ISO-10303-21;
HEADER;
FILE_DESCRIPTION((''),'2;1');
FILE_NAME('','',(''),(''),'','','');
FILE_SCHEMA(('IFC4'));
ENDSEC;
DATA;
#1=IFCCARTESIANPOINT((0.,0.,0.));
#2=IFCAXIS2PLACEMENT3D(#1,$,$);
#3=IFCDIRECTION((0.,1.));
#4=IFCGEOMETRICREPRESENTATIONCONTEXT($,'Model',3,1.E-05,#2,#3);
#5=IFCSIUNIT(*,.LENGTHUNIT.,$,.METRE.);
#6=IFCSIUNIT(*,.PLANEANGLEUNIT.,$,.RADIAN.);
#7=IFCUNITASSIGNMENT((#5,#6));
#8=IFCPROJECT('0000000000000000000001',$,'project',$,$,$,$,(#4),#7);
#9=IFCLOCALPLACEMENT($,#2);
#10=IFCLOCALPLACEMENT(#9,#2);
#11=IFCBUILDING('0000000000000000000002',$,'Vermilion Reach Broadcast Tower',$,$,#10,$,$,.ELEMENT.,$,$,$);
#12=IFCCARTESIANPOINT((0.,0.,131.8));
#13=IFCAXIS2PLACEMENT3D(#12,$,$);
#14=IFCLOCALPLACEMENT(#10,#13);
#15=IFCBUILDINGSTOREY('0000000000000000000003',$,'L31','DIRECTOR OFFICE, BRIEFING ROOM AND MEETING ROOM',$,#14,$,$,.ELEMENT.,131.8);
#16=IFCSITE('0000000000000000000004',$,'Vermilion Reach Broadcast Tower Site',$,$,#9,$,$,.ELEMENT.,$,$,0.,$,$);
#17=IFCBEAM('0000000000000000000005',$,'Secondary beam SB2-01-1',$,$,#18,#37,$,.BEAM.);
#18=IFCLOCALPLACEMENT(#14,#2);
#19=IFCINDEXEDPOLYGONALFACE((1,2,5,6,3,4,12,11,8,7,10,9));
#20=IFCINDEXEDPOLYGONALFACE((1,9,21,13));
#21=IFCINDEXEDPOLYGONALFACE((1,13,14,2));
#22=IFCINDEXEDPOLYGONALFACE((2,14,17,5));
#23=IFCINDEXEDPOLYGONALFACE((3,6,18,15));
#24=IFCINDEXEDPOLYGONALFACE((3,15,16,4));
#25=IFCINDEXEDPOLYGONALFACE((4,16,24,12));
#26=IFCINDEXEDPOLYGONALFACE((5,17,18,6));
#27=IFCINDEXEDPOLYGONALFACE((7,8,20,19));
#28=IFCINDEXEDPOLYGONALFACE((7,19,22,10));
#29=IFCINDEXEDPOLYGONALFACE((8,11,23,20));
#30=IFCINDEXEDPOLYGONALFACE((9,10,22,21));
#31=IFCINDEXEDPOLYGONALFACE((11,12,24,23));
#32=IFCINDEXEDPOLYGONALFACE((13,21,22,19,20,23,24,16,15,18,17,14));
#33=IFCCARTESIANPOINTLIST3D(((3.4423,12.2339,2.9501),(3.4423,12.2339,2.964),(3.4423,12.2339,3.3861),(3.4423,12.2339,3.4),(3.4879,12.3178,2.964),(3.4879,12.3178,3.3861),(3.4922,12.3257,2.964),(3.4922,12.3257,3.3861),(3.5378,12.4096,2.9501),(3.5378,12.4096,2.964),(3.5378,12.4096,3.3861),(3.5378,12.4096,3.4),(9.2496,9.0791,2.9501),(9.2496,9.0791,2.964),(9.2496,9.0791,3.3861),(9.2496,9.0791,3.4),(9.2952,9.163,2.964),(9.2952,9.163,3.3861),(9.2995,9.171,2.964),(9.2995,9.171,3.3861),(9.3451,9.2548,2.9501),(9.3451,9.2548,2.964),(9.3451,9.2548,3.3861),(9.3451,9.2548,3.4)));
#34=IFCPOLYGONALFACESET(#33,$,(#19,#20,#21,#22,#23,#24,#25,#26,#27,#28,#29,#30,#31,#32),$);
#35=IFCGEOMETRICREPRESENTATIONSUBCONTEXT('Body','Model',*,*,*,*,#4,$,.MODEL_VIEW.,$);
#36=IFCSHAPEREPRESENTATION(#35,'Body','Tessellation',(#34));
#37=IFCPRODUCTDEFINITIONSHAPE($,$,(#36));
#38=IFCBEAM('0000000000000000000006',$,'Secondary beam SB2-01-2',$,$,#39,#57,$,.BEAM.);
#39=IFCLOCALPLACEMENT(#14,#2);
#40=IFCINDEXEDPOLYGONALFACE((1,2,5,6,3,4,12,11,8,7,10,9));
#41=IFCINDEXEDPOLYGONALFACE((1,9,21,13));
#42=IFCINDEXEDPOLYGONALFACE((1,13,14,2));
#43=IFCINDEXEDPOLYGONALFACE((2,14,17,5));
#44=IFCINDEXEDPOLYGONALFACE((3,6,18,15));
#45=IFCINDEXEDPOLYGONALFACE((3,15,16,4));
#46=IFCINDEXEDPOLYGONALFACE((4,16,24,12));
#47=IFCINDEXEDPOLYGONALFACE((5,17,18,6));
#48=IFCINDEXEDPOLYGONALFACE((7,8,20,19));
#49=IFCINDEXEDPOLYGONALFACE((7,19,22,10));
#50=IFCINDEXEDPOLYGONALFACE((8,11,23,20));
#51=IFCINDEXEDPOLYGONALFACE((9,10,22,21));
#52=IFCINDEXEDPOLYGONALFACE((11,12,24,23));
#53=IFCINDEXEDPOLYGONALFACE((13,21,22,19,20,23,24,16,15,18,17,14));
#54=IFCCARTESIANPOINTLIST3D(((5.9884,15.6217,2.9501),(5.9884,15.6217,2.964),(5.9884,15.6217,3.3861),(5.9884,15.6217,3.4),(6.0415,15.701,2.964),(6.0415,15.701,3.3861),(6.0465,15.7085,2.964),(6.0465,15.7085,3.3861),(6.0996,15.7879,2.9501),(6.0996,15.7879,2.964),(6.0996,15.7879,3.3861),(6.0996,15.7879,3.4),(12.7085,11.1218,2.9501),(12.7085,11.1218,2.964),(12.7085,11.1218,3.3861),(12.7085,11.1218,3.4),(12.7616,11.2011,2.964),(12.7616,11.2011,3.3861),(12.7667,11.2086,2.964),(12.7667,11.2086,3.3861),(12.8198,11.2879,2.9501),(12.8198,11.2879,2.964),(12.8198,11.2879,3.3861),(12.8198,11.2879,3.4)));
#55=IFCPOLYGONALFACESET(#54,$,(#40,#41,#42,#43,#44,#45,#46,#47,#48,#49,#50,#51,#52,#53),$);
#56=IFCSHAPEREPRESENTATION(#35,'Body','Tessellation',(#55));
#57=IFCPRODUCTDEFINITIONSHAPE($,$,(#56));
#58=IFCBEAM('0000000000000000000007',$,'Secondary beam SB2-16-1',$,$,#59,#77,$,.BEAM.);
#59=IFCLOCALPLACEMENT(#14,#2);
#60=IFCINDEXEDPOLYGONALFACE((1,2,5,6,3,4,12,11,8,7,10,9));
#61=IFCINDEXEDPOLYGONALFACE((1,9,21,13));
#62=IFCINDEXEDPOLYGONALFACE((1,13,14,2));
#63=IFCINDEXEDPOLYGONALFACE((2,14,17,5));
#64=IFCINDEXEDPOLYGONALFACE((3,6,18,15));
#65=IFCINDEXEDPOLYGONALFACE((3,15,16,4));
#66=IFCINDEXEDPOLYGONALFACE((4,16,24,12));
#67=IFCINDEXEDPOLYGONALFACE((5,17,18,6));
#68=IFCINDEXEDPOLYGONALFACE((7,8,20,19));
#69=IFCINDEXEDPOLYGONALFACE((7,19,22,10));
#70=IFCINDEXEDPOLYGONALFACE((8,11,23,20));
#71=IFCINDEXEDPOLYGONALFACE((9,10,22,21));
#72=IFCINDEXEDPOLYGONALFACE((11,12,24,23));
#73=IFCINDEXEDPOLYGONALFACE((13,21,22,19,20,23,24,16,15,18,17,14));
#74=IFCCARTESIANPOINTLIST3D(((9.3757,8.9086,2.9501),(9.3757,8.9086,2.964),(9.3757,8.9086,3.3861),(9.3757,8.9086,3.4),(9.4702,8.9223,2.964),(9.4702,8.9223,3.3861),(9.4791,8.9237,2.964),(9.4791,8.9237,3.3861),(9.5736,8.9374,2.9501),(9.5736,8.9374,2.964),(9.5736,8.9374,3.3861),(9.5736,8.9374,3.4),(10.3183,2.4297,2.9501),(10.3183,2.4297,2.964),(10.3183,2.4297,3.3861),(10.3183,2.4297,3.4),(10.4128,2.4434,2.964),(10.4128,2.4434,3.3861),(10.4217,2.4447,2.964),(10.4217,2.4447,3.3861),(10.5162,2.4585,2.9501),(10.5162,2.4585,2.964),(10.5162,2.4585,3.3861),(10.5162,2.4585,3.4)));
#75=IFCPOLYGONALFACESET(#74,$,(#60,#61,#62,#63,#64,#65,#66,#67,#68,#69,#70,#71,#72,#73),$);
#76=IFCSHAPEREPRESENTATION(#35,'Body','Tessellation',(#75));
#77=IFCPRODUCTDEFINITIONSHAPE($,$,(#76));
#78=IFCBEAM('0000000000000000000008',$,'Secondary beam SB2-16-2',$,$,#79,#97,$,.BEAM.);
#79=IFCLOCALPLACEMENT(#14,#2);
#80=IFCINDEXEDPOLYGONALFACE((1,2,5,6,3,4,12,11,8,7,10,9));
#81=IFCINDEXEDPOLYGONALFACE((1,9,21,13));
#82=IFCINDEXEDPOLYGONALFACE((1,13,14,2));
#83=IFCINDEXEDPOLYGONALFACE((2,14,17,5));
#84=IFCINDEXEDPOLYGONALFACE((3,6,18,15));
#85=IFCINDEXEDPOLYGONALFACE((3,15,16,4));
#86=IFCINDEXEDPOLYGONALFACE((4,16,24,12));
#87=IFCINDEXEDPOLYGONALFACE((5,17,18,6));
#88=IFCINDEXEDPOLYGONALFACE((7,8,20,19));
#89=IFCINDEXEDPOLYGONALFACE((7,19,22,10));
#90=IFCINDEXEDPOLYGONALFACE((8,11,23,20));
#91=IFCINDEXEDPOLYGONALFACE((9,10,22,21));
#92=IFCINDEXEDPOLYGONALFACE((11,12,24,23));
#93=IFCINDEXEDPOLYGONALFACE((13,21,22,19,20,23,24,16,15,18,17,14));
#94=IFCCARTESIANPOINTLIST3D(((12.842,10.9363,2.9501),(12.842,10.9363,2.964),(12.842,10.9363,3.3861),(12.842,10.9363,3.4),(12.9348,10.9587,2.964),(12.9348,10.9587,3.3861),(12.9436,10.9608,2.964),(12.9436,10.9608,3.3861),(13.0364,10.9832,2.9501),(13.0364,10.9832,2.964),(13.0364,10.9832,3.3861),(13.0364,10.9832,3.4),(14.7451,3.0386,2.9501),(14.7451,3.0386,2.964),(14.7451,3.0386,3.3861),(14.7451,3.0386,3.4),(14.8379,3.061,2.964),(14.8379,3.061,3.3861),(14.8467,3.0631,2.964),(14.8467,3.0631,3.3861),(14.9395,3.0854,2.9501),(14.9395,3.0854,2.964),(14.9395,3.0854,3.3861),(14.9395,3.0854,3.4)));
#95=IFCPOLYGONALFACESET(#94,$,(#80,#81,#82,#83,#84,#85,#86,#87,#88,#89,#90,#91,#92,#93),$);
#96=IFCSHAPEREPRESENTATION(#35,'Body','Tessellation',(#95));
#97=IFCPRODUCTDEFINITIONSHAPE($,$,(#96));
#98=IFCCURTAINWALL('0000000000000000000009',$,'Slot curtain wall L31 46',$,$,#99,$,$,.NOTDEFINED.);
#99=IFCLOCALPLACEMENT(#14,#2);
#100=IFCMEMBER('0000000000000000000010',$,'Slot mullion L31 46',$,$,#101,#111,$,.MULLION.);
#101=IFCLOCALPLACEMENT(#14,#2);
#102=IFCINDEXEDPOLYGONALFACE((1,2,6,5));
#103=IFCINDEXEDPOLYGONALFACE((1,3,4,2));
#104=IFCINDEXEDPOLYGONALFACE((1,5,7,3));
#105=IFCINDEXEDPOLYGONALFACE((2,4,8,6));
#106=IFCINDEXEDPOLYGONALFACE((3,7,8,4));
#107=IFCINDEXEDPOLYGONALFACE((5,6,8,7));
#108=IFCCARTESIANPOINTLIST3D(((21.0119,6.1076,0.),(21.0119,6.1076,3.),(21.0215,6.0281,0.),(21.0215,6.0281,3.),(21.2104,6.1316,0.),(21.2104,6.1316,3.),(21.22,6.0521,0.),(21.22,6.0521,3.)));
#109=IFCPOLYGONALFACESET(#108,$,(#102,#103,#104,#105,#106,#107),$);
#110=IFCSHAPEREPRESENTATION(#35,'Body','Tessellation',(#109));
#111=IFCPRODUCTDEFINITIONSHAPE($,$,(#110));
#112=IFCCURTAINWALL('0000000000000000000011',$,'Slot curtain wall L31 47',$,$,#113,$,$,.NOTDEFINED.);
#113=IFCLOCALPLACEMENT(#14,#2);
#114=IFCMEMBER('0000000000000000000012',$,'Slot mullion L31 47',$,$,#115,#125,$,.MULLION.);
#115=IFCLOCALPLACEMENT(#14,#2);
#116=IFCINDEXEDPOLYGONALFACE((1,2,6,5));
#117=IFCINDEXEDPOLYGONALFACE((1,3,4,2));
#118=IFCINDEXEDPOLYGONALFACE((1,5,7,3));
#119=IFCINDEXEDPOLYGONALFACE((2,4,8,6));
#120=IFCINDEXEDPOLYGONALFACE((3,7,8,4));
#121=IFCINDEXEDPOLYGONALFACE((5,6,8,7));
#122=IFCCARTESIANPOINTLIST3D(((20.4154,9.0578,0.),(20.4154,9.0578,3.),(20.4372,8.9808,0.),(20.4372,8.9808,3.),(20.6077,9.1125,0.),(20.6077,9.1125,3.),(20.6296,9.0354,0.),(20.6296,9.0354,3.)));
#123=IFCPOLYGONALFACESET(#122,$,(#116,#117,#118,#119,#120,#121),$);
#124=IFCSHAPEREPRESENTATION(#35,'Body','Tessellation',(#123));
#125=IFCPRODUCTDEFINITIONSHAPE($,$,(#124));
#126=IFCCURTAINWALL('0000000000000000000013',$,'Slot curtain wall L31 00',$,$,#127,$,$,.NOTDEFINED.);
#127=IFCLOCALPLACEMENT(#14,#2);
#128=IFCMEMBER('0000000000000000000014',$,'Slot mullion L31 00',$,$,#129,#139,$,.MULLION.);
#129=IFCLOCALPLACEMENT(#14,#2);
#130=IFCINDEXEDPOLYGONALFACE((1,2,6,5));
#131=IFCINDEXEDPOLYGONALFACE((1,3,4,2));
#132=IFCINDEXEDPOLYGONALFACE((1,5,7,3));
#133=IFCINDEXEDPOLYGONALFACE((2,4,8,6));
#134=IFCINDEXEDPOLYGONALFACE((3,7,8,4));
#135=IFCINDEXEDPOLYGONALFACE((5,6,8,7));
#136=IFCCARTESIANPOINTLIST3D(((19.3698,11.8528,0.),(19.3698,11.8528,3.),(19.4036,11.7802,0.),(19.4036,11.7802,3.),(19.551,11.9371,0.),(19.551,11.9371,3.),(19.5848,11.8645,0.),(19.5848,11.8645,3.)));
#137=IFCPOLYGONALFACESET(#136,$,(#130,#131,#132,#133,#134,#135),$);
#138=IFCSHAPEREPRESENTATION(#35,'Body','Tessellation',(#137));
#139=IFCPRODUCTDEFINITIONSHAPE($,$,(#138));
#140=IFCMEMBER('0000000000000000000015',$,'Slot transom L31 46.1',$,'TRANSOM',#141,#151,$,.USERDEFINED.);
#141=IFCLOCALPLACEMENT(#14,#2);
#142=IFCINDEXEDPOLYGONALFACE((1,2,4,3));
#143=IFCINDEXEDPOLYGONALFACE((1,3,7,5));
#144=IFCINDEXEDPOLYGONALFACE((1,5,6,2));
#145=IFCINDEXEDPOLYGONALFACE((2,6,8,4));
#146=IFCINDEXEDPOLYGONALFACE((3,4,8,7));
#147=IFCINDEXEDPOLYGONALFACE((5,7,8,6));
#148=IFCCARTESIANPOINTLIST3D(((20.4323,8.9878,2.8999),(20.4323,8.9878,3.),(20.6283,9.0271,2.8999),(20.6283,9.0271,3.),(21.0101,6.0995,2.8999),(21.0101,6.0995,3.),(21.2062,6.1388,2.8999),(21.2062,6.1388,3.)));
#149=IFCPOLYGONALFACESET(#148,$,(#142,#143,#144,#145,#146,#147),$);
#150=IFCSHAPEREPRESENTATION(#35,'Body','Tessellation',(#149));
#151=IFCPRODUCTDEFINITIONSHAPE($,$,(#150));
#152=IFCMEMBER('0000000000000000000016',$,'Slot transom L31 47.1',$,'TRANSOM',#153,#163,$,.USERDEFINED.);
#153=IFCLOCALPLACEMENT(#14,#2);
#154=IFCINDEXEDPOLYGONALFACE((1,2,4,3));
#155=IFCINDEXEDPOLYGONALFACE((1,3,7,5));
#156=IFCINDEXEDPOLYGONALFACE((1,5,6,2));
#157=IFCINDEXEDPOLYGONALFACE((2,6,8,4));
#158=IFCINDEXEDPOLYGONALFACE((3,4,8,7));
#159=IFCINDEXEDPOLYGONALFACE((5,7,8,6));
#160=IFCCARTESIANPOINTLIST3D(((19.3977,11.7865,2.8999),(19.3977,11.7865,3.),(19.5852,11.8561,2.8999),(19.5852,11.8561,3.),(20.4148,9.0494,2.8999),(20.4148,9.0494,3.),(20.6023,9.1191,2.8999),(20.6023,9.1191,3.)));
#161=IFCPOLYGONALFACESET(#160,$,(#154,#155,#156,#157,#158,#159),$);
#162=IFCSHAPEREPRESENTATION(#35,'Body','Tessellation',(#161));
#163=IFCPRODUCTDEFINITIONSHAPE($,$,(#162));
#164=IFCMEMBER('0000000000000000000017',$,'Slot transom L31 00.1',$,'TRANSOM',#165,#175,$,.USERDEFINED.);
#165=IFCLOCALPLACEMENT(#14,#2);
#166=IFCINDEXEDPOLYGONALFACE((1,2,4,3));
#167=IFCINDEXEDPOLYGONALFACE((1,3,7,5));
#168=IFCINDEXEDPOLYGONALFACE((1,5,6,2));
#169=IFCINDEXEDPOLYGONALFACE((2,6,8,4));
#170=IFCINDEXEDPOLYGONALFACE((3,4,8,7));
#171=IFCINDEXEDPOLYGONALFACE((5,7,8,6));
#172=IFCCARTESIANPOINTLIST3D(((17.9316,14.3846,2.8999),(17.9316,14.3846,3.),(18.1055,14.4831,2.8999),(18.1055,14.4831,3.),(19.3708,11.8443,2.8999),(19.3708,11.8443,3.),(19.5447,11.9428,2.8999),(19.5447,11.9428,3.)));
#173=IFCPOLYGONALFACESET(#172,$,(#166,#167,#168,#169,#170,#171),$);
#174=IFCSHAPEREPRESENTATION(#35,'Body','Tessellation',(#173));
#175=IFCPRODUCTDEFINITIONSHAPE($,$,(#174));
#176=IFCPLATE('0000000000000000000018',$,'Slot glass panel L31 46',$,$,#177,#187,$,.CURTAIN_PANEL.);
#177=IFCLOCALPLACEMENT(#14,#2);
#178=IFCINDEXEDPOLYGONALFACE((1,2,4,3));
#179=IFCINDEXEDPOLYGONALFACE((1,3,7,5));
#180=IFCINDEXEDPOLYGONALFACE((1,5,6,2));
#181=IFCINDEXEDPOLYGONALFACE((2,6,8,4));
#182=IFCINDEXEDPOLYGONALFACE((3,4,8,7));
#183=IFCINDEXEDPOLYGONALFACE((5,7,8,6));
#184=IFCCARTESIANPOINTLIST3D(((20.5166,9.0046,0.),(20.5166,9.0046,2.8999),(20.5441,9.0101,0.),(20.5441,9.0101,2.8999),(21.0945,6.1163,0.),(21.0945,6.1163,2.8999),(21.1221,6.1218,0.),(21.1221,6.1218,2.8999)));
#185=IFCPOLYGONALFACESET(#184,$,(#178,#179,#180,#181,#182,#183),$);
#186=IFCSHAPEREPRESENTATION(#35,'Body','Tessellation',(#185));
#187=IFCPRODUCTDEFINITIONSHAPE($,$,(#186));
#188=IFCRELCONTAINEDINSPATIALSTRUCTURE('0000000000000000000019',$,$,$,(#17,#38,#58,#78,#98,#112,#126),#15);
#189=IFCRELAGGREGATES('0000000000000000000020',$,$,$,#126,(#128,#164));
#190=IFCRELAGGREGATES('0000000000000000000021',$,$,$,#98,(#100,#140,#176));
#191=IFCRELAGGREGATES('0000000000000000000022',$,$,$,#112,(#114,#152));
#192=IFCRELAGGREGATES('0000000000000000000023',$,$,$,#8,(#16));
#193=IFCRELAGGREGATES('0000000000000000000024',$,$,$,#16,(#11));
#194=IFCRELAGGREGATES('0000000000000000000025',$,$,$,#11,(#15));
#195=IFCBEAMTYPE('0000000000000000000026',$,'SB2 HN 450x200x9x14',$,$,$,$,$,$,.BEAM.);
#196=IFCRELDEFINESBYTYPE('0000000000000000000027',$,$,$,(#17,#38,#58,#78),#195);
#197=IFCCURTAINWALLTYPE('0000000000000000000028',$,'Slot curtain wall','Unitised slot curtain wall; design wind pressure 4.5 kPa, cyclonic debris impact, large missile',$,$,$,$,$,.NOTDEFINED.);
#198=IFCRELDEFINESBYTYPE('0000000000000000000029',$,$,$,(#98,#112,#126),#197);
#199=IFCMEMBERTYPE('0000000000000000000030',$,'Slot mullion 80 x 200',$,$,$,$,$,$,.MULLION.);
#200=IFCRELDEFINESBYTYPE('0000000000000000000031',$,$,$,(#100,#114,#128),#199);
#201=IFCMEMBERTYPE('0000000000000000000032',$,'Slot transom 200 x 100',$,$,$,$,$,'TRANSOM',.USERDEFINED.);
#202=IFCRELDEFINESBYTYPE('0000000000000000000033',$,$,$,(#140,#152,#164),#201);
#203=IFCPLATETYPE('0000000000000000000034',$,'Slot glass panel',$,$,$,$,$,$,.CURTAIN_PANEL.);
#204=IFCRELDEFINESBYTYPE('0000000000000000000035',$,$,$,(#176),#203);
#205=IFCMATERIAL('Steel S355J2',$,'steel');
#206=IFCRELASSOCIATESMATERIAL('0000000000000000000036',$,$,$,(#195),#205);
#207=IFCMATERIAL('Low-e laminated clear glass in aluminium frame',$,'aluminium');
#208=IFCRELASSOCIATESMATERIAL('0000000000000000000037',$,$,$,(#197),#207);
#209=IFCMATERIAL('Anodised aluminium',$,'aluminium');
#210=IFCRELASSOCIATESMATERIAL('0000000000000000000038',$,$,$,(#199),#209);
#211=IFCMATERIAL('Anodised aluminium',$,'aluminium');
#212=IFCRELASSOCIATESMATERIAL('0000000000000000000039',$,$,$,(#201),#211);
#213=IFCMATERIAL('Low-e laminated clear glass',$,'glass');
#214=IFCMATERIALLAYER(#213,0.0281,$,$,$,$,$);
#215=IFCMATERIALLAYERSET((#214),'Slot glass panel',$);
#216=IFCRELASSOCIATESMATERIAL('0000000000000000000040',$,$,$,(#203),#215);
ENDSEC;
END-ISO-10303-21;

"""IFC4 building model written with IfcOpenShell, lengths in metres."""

from ifc_helpers import new_model, si_unit, direction, frame, origin, origin_2d, place, context, subcontext, project, spatial, rectangle, i_section, extrude, material, layer, layer_set, material_profile, profile_set, type_object, element, aggregate, save


model = new_model("IFC4")

# Units and contexts
model_context = context("Model", 3, precision=1e-05, world=origin(), true_north=direction((0.0, 1.0)))
body_context = subcontext(model_context, "Body", "Model", "MODEL_VIEW")
ifc_project = project(units=[si_unit("LENGTHUNIT", "METRE"), si_unit("PLANEANGLEUNIT", "RADIAN")], contexts=[model_context])

# Site, building, storey
site_placement = place(None, origin())
site = spatial("IfcSite", under=ifc_project, at=site_placement, Name="Vermilion Reach Broadcast Tower Site", CompositionType="ELEMENT", RefElevation=0.0)
building_placement = place(site_placement, origin())
building = spatial("IfcBuilding", under=site, at=building_placement, Name="Vermilion Reach Broadcast Tower", CompositionType="ELEMENT")
storey_placement = place(building_placement, frame((0.0, 0.0, 131.8)))
storey = spatial("IfcBuildingStorey", under=building, at=storey_placement, Name="L31", Description="DIRECTOR OFFICE, BRIEFING ROOM AND MEETING ROOM", CompositionType="ELEMENT", Elevation=131.8)

# Beams
ifc_material_1 = material(Name="Steel S355J2", Category="steel")
ifc_material_profile_1 = material_profile(ifc_material_1, i_section(OverallWidth=0.2, OverallDepth=0.45, WebThickness=0.009, FlangeThickness=0.0139, at=origin_2d()), Name="S355J2 HN 450x200x9x14")
ifc_profile_set_1 = profile_set([ifc_material_profile_1], Name="Steel S355J2")
beam_type_1 = type_object("IfcBeamType", Name="SB2 HN 450x200x9x14", PredefinedType="BEAM", material=ifc_profile_set_1)
beam_1_placement = place(storey_placement, frame((9.2974, 9.167, 3.175), z_axis=(-0.878713, 0.47735, 0.0), x_axis=(-0.47735, -0.878713, 0.0)))
element("IfcBeam", 1, at=beam_1_placement, inside=storey, type_object=beam_type_1, Name="Secondary beam SB2-01-1", PredefinedType="BEAM", context=body_context, shape_type="SweptSolid", body=[
    extrude(i_section(OverallWidth=0.2, OverallDepth=0.45, WebThickness=0.009, FlangeThickness=0.0139, at=origin_2d()), origin(), (0.0, 0.0, 1.0), 6.6089),
])
beam_2_placement = place(storey_placement, frame((12.7642, 11.2048, 3.175), z_axis=(-0.830915, 0.556399, 0.0), x_axis=(-0.556399, -0.830915, 0.0)))
element("IfcBeam", 2, at=beam_2_placement, inside=storey, type_object=beam_type_1, Name="Secondary beam SB2-01-2", PredefinedType="BEAM", context=body_context, shape_type="SweptSolid", body=[
    extrude(i_section(OverallWidth=0.2, OverallDepth=0.45, WebThickness=0.009, FlangeThickness=0.0139, at=origin_2d()), origin(), (0.0, 0.0, 1.0), 8.0876),
])
beam_3_placement = place(storey_placement, frame((10.4172, 2.4441, 3.175), z_axis=(-0.143974, 0.989582, 0.0), x_axis=(-0.989582, -0.143974, 0.0)))
element("IfcBeam", 3, at=beam_3_placement, inside=storey, type_object=beam_type_1, Name="Secondary beam SB2-16-1", PredefinedType="BEAM", context=body_context, shape_type="SweptSolid", body=[
    extrude(i_section(OverallWidth=0.2, OverallDepth=0.45, WebThickness=0.009, FlangeThickness=0.0139, at=origin_2d()), origin(), (0.0, 0.0, 1.0), 6.5471),
])
beam_4_placement = place(storey_placement, frame((14.8423, 3.062, 3.175), z_axis=(-0.234261, 0.972174, 0.0), x_axis=(-0.972174, -0.234261, 0.0)))
element("IfcBeam", 4, at=beam_4_placement, inside=storey, type_object=beam_type_1, Name="Secondary beam SB2-16-2", PredefinedType="BEAM", context=body_context, shape_type="SweptSolid", body=[
    extrude(i_section(OverallWidth=0.2, OverallDepth=0.45, WebThickness=0.009, FlangeThickness=0.0139, at=origin_2d()), origin(), (0.0, 0.0, 1.0), 8.1238),
])

# Curtain walls, members
ifc_material_2 = material(Name="Low-e laminated clear glass in aluminium frame", Category="aluminium")
curtain_wall_type = type_object("IfcCurtainWallType", Name="Slot curtain wall", Description="Unitised slot curtain wall; design wind pressure 4.5 kPa, cyclonic debris impact, large missile", PredefinedType="NOTDEFINED", material=ifc_material_2)
placement = place(storey_placement, origin())
curtain_wall_1 = element("IfcCurtainWall", 5, at=placement, inside=storey, type_object=curtain_wall_type, Name="Slot curtain wall L31 46", PredefinedType="NOTDEFINED")
ifc_material_3 = material(Name="Anodised aluminium", Category="aluminium")
ifc_material_profile_2 = material_profile(ifc_material_3, rectangle(XDim=0.2, YDim=0.0801, at=origin_2d()), Name="Slot mullion 80 x 200")
ifc_profile_set_2 = profile_set([ifc_material_profile_2], Name="Anodised aluminium")
member_type_1 = type_object("IfcMemberType", Name="Slot mullion 80 x 200", PredefinedType="MULLION", material=ifc_profile_set_2)
member_1_placement = place(storey_placement, frame((21.116, 6.0798, 0.0), z_axis=(0.0, 0.0, 1.0), x_axis=(-0.992785, -0.119904, 0.0)))
member_1 = element("IfcMember", 6, at=member_1_placement, type_object=member_type_1, Name="Slot mullion L31 46", PredefinedType="MULLION", context=body_context, shape_type="SweptSolid", body=[
    extrude(rectangle(XDim=0.2, YDim=0.0801, at=origin_2d()), origin(), (0.0, 0.0, 1.0), 3.0),
])
curtain_wall_2 = element("IfcCurtainWall", 7, at=placement, inside=storey, type_object=curtain_wall_type, Name="Slot curtain wall L31 47", PredefinedType="NOTDEFINED")
member_2_placement = place(storey_placement, frame((20.5225, 9.0466, 0.0), z_axis=(0.0, 0.0, 1.0), x_axis=(-0.961975, -0.273139, 0.0)))
member_2 = element("IfcMember", 8, at=member_2_placement, type_object=member_type_1, Name="Slot mullion L31 47", PredefinedType="MULLION", context=body_context, shape_type="SweptSolid", body=[
    extrude(rectangle(XDim=0.2, YDim=0.0801, at=origin_2d()), origin(), (0.0, 0.0, 1.0), 3.0),
])
curtain_wall_3 = element("IfcCurtainWall", 9, at=placement, inside=storey, type_object=curtain_wall_type, Name="Slot curtain wall L31 00", PredefinedType="NOTDEFINED")
member_3_placement = place(storey_placement, frame((19.4773, 11.8586, 0.0), z_axis=(0.0, 0.0, 1.0), x_axis=(-0.906603, -0.421985, 0.0)))
member_3 = element("IfcMember", 10, at=member_3_placement, type_object=member_type_1, Name="Slot mullion L31 00", PredefinedType="MULLION", context=body_context, shape_type="SweptSolid", body=[
    extrude(rectangle(XDim=0.2, YDim=0.0801, at=origin_2d()), origin(), (0.0, 0.0, 1.0), 3.0),
])

# Members
ifc_material_4 = material(Name="Anodised aluminium", Category="aluminium")
ifc_material_profile_3 = material_profile(ifc_material_4, rectangle(XDim=0.2, YDim=0.1001, at=origin_2d()), Name="Slot transom 200 x 100")
ifc_profile_set_3 = profile_set([ifc_material_profile_3], Name="Anodised aluminium")
member_type_2 = type_object("IfcMemberType", Name="Slot transom 200 x 100", ElementType="TRANSOM", PredefinedType="USERDEFINED", material=ifc_profile_set_3)
member_4_placement = place(storey_placement, frame((21.1082, 6.1191, 2.95), z_axis=(-0.19618, 0.980568, 0.0), x_axis=(-0.980568, -0.19618, 0.0)))
member_4 = element("IfcMember", 11, at=member_4_placement, type_object=member_type_2, Name="Slot transom L31 46.1", ObjectType="TRANSOM", PredefinedType="USERDEFINED", context=body_context, shape_type="SweptSolid", body=[
    extrude(rectangle(XDim=0.2, YDim=0.1001, at=origin_2d()), origin(), (0.0, 0.0, 1.0), 2.9456),
])
member_5_placement = place(storey_placement, frame((20.5085, 9.0842, 2.95), z_axis=(-0.348327, 0.937373, 0.0), x_axis=(-0.937373, -0.348327, 0.0)))
member_5 = element("IfcMember", 12, at=member_5_placement, type_object=member_type_2, Name="Slot transom L31 47.1", ObjectType="TRANSOM", PredefinedType="USERDEFINED", context=body_context, shape_type="SweptSolid", body=[
    extrude(rectangle(XDim=0.2, YDim=0.1001, at=origin_2d()), origin(), (0.0, 0.0, 1.0), 2.9199),
])
member_6_placement = place(storey_placement, frame((19.4578, 11.8936, 2.95), z_axis=(-0.492939, 0.870064, 0.0), x_axis=(-0.870064, -0.492939, 0.0)))
member_6 = element("IfcMember", 13, at=member_6_placement, type_object=member_type_2, Name="Slot transom L31 00.1", ObjectType="TRANSOM", PredefinedType="USERDEFINED", context=body_context, shape_type="SweptSolid", body=[
    extrude(rectangle(XDim=0.2, YDim=0.1001, at=origin_2d()), origin(), (0.0, 0.0, 1.0), 2.9197),
])
aggregate(curtain_wall_3, [member_3, member_6])

# Plate
ifc_material_5 = material(Name="Low-e laminated clear glass", Category="glass")
ifc_layer_1 = layer(ifc_material_5, 0.0281)
ifc_layer_set_1 = layer_set([ifc_layer_1], Name="Slot glass panel")
plate_type = type_object("IfcPlateType", Name="Slot glass panel", PredefinedType="CURTAIN_PANEL", material=ifc_layer_set_1)
plate_1_placement = place(storey_placement, frame((20.8193, 7.5632, 0.0), z_axis=(0.0, 0.0, 1.0), x_axis=(-0.196211, 0.980562, 0.0)))
plate_1 = element("IfcPlate", 14, at=plate_1_placement, type_object=plate_type, Name="Slot glass panel L31 46", PredefinedType="CURTAIN_PANEL", context=body_context, shape_type="SweptSolid", body=[
    extrude(rectangle(XDim=2.9456, YDim=0.0281, at=origin_2d()), origin(), (0.0, 0.0, 1.0), 2.8999),
])
aggregate(curtain_wall_1, [member_1, member_4, plate_1])
aggregate(curtain_wall_2, [member_2, member_5])

save(model, "model.ifc")
